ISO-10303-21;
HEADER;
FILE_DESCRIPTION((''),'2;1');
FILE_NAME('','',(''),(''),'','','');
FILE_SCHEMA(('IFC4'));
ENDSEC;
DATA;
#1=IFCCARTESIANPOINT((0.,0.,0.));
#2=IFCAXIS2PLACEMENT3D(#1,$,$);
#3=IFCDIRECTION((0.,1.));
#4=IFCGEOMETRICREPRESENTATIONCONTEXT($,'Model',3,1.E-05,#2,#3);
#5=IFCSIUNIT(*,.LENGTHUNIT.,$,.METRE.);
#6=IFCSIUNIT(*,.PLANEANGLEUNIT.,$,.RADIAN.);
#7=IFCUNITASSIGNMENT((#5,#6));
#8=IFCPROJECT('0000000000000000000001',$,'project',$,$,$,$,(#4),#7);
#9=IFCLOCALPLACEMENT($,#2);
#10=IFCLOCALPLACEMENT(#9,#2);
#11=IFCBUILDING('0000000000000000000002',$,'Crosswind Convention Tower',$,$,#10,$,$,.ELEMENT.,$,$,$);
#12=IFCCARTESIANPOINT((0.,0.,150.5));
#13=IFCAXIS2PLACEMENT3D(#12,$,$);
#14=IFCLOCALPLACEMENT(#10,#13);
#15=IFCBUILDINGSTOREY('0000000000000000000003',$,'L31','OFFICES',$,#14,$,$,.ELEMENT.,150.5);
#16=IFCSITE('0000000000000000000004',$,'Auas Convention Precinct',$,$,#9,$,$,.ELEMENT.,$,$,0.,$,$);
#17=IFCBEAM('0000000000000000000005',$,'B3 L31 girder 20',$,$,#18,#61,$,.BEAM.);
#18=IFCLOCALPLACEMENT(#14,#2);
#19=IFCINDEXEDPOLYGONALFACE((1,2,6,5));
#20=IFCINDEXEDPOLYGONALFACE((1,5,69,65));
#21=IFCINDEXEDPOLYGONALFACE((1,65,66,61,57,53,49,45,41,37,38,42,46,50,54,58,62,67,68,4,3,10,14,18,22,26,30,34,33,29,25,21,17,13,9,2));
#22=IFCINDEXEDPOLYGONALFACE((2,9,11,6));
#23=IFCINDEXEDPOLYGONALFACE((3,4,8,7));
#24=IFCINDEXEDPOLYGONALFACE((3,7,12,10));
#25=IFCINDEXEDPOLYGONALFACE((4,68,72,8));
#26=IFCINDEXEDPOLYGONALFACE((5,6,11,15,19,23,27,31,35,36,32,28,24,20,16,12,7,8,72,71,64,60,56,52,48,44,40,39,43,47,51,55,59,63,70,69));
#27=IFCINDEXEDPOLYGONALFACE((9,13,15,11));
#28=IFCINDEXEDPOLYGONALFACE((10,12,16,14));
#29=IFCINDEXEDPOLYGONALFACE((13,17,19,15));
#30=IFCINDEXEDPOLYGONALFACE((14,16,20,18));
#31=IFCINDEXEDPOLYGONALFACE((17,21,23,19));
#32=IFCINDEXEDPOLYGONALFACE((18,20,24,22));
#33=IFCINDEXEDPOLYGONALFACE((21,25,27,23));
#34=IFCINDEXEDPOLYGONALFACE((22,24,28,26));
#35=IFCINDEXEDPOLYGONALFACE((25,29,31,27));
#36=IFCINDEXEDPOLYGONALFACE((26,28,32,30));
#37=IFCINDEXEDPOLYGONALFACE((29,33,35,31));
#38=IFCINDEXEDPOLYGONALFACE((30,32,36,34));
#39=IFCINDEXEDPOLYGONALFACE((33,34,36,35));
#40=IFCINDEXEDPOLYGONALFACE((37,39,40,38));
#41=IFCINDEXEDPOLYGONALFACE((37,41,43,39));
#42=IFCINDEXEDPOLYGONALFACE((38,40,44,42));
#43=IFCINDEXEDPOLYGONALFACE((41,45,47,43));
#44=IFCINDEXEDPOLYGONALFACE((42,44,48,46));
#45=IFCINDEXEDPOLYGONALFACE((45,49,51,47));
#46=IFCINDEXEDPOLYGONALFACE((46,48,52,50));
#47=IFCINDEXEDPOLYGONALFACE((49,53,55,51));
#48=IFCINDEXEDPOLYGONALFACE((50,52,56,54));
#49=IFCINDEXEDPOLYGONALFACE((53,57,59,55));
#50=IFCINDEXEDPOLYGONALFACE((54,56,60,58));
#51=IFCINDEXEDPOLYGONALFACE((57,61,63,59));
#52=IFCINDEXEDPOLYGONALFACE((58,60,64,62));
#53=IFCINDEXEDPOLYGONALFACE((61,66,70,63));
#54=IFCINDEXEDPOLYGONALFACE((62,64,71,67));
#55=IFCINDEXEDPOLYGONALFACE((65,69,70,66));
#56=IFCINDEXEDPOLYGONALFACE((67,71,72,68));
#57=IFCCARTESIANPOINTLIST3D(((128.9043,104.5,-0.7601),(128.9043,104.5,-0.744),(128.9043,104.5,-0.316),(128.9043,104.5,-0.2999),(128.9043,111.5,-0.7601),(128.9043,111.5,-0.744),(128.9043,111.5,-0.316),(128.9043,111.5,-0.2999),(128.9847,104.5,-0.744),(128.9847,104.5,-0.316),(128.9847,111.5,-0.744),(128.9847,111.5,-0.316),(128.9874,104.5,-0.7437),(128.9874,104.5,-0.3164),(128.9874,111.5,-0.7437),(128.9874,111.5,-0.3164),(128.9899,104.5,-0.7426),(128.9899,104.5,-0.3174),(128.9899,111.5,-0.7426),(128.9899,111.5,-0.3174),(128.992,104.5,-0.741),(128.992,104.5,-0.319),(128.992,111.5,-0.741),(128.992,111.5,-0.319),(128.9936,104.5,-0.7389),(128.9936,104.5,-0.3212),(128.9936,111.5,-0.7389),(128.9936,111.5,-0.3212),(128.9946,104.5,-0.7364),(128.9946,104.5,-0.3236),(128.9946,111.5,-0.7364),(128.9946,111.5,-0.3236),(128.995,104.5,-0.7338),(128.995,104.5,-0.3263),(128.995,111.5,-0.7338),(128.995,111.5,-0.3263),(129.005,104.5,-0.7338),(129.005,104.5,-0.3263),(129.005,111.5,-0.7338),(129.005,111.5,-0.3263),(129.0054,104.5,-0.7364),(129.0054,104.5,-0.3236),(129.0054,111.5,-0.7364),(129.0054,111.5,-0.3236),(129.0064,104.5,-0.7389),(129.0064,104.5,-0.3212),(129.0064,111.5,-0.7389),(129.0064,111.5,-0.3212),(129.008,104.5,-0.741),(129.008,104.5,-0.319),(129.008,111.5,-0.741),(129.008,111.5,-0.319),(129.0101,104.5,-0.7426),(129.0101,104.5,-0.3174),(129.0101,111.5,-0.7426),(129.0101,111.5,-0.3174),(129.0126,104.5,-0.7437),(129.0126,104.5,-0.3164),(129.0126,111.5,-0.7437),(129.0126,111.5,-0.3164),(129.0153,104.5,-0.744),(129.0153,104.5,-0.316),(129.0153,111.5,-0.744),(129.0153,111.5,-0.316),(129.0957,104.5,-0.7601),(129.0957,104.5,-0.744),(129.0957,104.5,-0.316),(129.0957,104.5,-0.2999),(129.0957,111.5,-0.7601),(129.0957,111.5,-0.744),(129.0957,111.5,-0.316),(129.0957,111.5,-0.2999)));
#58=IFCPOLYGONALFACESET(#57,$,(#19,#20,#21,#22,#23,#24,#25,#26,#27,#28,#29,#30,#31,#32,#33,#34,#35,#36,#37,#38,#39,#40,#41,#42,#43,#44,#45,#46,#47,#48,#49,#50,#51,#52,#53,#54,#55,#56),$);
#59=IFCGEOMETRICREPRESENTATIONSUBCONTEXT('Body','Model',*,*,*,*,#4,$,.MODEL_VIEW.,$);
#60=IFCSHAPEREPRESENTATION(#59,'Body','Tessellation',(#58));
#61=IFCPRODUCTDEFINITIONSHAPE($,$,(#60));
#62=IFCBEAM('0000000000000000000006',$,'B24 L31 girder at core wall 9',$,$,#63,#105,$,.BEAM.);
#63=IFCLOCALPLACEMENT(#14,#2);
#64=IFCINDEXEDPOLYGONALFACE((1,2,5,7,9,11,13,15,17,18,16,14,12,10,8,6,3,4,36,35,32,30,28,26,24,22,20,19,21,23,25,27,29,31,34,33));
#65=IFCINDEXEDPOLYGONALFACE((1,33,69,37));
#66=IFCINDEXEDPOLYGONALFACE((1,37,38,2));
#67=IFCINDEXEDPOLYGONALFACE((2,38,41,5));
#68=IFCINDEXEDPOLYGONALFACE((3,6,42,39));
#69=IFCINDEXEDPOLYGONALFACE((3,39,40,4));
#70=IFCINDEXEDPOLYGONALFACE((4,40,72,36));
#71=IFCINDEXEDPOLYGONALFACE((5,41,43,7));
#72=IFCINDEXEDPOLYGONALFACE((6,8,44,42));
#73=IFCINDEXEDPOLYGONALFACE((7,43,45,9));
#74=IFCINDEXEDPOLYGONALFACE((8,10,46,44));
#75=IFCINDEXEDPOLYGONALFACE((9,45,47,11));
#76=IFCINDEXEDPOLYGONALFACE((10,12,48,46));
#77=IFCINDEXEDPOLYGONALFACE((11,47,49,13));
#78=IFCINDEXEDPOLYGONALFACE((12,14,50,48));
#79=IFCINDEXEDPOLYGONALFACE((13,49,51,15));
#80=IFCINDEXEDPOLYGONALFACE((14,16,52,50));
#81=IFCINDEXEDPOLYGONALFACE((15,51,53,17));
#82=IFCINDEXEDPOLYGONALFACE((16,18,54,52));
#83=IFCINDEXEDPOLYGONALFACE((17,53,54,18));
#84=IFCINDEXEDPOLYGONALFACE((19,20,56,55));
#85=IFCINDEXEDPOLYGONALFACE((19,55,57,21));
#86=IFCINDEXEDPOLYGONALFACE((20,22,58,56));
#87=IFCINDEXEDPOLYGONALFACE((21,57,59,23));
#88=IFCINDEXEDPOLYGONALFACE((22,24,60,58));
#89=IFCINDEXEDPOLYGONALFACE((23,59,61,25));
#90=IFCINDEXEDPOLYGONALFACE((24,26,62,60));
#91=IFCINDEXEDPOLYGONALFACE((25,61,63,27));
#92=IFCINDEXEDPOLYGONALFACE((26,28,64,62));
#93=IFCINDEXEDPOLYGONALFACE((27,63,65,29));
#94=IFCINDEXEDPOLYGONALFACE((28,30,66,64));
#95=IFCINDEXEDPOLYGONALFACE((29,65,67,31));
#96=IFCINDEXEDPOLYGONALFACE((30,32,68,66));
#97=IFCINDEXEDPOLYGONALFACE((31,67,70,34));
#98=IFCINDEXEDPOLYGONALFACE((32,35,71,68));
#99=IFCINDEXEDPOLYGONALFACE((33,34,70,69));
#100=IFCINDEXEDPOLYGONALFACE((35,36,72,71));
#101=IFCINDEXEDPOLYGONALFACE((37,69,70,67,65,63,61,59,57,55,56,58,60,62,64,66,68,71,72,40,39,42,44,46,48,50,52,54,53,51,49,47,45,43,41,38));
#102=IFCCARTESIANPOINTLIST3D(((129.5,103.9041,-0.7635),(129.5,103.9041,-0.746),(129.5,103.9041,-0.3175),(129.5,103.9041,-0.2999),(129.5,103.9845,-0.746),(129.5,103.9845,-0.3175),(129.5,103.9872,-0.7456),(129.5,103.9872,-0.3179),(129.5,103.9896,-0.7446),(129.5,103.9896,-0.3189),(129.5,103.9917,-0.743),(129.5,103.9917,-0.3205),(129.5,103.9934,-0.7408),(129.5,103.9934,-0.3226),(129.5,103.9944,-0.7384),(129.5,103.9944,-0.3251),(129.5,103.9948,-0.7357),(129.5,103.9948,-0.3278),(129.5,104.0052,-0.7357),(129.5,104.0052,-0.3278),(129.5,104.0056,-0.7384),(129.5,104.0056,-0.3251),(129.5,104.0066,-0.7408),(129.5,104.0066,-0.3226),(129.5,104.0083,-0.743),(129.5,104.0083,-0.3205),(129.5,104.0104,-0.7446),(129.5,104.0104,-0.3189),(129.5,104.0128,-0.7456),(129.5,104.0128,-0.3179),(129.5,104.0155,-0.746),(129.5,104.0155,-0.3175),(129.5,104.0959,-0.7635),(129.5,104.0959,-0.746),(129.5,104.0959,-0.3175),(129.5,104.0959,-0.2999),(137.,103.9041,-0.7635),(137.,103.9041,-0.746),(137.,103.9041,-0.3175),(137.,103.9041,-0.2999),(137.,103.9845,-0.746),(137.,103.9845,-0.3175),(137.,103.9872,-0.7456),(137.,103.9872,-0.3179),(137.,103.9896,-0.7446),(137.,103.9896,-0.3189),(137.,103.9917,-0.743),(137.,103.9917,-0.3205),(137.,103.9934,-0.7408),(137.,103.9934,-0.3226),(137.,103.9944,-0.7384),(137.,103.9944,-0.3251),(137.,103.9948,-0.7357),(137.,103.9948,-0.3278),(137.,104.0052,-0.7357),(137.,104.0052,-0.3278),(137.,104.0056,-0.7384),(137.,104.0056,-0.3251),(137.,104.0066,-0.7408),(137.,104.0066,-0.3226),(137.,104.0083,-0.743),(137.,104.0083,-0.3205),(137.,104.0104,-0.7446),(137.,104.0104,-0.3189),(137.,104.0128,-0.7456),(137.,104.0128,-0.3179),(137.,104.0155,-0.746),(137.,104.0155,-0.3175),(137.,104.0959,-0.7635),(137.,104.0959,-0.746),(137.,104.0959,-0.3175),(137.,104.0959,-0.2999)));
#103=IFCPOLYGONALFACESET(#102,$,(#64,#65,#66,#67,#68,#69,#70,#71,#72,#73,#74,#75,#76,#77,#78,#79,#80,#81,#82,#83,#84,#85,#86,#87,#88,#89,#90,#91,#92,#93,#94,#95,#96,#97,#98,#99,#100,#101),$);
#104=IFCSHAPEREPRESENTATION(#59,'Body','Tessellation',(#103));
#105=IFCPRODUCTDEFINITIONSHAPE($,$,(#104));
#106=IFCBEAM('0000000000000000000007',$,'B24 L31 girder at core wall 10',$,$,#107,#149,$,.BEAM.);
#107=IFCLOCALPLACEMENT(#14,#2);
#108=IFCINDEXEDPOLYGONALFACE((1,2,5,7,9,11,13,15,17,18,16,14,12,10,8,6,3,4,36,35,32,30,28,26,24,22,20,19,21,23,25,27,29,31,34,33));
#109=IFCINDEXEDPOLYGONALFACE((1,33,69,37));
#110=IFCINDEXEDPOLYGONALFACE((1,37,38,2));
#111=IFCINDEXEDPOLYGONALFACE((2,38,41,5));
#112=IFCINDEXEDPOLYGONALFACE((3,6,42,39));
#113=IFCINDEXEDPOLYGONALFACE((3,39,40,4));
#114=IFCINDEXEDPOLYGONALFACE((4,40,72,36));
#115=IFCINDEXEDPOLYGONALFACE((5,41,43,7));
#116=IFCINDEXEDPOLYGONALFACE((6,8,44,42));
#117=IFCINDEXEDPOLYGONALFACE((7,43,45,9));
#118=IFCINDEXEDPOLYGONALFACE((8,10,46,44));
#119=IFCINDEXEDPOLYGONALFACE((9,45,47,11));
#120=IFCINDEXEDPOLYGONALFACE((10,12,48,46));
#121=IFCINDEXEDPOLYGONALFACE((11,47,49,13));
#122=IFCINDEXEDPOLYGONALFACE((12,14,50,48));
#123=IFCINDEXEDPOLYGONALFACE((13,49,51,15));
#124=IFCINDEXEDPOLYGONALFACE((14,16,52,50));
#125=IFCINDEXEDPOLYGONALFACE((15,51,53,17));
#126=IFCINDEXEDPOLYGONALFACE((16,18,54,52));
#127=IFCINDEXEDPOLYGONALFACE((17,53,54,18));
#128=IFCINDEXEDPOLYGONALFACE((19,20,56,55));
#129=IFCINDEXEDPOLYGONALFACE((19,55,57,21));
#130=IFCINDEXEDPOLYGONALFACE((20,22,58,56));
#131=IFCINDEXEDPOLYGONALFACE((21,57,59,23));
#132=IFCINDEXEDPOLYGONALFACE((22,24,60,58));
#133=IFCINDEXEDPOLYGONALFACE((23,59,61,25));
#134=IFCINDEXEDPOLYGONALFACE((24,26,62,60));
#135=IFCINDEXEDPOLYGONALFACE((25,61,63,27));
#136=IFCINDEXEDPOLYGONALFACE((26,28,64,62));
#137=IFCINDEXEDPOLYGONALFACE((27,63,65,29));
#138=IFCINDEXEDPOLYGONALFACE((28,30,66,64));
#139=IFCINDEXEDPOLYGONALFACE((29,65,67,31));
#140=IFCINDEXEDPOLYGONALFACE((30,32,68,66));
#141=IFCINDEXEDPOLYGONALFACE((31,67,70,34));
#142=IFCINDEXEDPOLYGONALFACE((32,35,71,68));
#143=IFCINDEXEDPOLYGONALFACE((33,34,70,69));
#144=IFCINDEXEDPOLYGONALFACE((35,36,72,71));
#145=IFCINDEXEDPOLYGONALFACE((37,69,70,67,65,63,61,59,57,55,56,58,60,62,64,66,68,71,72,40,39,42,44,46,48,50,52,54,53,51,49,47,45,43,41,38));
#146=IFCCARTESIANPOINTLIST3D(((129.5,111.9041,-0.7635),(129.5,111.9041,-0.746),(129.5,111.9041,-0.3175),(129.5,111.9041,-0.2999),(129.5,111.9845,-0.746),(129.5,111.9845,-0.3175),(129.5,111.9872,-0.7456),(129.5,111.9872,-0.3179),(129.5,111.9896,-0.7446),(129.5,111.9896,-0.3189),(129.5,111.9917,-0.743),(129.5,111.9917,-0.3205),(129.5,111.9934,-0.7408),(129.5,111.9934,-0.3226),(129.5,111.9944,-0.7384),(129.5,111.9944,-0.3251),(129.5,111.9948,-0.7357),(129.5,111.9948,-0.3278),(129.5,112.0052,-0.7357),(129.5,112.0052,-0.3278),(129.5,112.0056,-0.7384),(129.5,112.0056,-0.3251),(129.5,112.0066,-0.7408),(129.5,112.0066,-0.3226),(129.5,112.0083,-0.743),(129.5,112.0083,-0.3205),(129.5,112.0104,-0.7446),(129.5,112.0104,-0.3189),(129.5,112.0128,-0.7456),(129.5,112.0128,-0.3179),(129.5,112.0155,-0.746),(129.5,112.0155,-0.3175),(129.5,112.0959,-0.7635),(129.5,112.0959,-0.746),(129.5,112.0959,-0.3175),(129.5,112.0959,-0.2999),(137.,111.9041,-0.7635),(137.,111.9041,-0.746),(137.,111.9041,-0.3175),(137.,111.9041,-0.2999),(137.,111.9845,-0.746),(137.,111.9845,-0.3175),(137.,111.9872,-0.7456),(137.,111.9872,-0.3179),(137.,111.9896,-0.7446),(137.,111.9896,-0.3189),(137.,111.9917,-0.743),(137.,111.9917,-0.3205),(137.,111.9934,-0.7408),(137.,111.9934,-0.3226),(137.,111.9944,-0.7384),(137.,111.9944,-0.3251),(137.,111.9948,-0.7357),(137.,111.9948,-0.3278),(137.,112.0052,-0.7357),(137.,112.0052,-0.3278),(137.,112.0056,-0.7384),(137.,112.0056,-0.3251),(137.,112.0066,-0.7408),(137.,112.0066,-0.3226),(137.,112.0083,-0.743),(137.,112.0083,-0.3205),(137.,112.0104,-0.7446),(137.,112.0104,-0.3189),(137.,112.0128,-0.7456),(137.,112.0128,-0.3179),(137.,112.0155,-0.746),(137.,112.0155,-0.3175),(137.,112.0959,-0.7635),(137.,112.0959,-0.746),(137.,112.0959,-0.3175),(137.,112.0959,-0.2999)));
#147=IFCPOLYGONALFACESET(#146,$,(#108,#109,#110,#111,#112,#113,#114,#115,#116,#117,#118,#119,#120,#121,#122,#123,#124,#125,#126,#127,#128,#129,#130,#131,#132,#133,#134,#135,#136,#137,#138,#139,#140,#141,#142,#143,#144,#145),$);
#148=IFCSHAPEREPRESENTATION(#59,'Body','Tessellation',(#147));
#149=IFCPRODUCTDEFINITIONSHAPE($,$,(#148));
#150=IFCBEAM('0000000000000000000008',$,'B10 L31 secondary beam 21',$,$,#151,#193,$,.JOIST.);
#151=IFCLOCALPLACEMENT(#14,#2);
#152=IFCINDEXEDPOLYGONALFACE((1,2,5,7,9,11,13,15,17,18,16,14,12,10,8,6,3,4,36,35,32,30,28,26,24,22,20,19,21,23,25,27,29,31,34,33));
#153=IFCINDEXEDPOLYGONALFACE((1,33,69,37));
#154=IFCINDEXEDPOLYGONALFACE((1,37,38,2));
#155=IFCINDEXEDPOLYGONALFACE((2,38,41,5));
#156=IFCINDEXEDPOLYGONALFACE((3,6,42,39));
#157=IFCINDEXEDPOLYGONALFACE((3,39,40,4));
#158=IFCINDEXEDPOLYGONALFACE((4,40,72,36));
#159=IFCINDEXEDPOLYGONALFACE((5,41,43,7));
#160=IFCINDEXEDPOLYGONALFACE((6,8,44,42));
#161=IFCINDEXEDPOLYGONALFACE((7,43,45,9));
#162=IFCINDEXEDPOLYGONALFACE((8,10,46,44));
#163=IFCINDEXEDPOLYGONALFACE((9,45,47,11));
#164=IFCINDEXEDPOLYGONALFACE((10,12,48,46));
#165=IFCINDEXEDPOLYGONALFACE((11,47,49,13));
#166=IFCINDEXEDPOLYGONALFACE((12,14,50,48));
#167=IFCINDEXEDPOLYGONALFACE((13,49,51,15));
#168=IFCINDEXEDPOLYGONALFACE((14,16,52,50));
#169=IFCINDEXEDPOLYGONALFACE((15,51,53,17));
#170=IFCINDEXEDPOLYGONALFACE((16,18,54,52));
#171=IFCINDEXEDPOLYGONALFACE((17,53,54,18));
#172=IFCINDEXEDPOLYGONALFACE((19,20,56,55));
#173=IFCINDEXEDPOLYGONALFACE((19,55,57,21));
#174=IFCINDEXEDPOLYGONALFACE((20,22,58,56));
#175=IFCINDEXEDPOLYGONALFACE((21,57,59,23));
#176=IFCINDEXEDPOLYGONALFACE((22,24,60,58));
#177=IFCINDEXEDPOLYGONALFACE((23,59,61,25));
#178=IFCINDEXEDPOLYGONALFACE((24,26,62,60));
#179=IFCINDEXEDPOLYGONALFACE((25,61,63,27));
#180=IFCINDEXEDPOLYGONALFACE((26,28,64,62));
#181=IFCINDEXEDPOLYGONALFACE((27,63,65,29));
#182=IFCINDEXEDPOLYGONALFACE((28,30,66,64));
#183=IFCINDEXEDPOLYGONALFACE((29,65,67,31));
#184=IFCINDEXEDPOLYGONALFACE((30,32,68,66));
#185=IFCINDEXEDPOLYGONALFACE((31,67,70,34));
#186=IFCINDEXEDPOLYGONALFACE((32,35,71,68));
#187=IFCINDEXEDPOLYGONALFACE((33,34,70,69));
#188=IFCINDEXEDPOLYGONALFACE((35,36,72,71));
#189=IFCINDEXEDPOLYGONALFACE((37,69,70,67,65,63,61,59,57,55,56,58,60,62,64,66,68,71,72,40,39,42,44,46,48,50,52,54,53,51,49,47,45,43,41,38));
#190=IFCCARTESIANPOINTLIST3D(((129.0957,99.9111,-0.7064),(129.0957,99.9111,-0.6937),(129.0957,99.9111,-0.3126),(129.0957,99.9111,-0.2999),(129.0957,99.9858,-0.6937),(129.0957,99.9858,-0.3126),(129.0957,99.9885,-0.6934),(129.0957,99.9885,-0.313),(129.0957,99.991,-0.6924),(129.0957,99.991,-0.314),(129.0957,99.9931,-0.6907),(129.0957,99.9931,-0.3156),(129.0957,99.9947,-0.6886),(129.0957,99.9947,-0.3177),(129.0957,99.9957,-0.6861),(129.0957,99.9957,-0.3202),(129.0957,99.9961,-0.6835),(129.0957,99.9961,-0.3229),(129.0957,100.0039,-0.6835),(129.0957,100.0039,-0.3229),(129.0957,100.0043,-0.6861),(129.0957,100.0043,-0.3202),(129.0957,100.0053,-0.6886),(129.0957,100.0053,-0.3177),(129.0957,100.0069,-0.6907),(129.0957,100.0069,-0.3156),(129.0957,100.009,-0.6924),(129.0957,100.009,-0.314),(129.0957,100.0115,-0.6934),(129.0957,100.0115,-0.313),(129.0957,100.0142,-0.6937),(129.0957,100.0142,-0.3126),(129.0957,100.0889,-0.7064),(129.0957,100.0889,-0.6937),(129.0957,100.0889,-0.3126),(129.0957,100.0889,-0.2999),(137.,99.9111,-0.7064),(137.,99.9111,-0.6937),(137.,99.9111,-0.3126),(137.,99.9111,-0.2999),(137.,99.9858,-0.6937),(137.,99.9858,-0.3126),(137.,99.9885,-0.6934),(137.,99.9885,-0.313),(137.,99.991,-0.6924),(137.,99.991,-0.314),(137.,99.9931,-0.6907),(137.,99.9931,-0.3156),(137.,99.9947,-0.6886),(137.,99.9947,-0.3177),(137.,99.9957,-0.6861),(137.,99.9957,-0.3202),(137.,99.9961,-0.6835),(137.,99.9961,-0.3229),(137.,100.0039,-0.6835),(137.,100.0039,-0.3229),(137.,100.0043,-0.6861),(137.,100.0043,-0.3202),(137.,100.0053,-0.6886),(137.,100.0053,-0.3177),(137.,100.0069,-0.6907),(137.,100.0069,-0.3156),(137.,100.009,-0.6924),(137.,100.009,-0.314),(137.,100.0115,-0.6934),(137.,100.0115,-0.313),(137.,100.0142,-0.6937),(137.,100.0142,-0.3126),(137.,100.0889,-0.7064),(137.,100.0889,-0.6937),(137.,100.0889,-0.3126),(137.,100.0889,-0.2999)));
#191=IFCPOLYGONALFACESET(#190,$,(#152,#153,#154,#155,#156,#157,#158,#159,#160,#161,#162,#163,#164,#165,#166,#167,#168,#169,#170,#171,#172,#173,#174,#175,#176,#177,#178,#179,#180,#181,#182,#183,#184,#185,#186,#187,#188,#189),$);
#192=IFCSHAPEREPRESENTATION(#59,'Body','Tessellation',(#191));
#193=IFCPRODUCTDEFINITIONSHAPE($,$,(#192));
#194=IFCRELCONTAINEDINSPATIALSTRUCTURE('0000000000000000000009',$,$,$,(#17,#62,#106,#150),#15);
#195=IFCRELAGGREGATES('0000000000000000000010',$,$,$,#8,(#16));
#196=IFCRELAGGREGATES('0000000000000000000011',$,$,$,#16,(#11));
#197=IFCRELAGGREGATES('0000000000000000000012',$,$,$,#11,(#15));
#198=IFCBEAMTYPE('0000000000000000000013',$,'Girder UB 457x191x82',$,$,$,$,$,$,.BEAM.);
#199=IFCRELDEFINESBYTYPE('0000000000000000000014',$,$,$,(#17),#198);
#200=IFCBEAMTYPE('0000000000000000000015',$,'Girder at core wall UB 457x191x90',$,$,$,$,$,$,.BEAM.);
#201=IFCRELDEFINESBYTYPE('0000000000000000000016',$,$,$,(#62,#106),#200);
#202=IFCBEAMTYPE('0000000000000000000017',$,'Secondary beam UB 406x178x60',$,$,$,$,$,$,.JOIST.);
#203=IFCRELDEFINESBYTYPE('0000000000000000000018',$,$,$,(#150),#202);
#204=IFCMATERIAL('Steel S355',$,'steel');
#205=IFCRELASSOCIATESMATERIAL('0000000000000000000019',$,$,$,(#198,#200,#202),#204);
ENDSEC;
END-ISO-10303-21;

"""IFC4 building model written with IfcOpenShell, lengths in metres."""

from ifc_helpers import new_model, si_unit, direction, frame, origin, origin_2d, place, context, subcontext, project, spatial, i_section, extrude, material, material_profile, profile_set, type_object, element, save


model = new_model("IFC4")

# Units and contexts
model_context = context("Model", 3, precision=1e-05, world=origin(), true_north=direction((0.0, 1.0)))
body_context = subcontext(model_context, "Body", "Model", "MODEL_VIEW")
ifc_project = project(units=[si_unit("LENGTHUNIT", "METRE"), si_unit("PLANEANGLEUNIT", "RADIAN")], contexts=[model_context])

# Site, building, storey
site_placement = place(None, origin())
site = spatial("IfcSite", under=ifc_project, at=site_placement, Name="Auas Convention Precinct", CompositionType="ELEMENT", RefElevation=0.0)
building_placement = place(site_placement, origin())
building = spatial("IfcBuilding", under=site, at=building_placement, Name="Crosswind Convention Tower", CompositionType="ELEMENT")
storey_placement = place(building_placement, frame((0.0, 0.0, 150.5)))
storey = spatial("IfcBuildingStorey", under=building, at=storey_placement, Name="L31", Description="OFFICES", CompositionType="ELEMENT", Elevation=150.5)

# Beams
ifc_material_1 = material(Name="Steel S355", Category="steel")
ifc_material_profile_1 = material_profile(ifc_material_1, i_section(OverallWidth=0.1914, OverallDepth=0.4602, WebThickness=0.01, FlangeThickness=0.0161, FilletRadius=0.0103, at=origin_2d()), Name="UB 457x191x82")
ifc_profile_set_1 = profile_set([ifc_material_profile_1], Name="Steel S355")
beam_type_1 = type_object("IfcBeamType", Name="Girder UB 457x191x82", PredefinedType="BEAM", material=ifc_profile_set_1)
for number, where, z_axis, x_axis, name in (
    (1, (129.0, 104.5, -0.53), (0.0, 1.0, 0.0), (-1.0, 0.0, 0.0), "B3 L31 girder 20"),
):
    element("IfcBeam", number, at=place(storey_placement, frame(where, z_axis=z_axis, x_axis=x_axis)), inside=storey, type_object=beam_type_1, Name=name, PredefinedType="BEAM", context=body_context, shape_type="SweptSolid", body=[
        extrude(i_section(OverallWidth=0.1914, OverallDepth=0.4602, WebThickness=0.01, FlangeThickness=0.0161, FilletRadius=0.0103, at=origin_2d()), origin(), (0.0, 0.0, 1.0), 7.0),
    ])
ifc_material_profile_2 = material_profile(ifc_material_1, i_section(OverallWidth=0.1919, OverallDepth=0.4636, WebThickness=0.0105, FlangeThickness=0.0176, FilletRadius=0.0103, at=origin_2d()), Name="UB 457x191x90")
ifc_profile_set_2 = profile_set([ifc_material_profile_2], Name="Steel S355")
beam_type_2 = type_object("IfcBeamType", Name="Girder at core wall UB 457x191x90", PredefinedType="BEAM", material=ifc_profile_set_2)
for number, where, z_axis, x_axis, name in (
    (2, (129.5, 104.0, -0.5317), (1.0, 0.0, 0.0), (0.0, 1.0, 0.0), "B24 L31 girder at core wall 9"),
    (3, (129.5, 112.0, -0.5317), (1.0, 0.0, 0.0), (0.0, 1.0, 0.0), "B24 L31 girder at core wall 10"),
):
    element("IfcBeam", number, at=place(storey_placement, frame(where, z_axis=z_axis, x_axis=x_axis)), inside=storey, type_object=beam_type_2, Name=name, PredefinedType="BEAM", context=body_context, shape_type="SweptSolid", body=[
        extrude(i_section(OverallWidth=0.1919, OverallDepth=0.4636, WebThickness=0.0105, FlangeThickness=0.0176, FilletRadius=0.0103, at=origin_2d()), origin(), (0.0, 0.0, 1.0), 7.5),
    ])
ifc_material_profile_3 = material_profile(ifc_material_1, i_section(OverallWidth=0.1777, OverallDepth=0.4065, WebThickness=0.0078, FlangeThickness=0.0127, FilletRadius=0.0103, at=origin_2d()), Name="UB 406x178x60")
ifc_profile_set_3 = profile_set([ifc_material_profile_3], Name="Steel S355")
beam_type_3 = type_object("IfcBeamType", Name="Secondary beam UB 406x178x60", PredefinedType="JOIST", material=ifc_profile_set_3)
for number, where, z_axis, x_axis, name in (
    (4, (129.0957, 100.0, -0.5032), (1.0, 0.0, 0.0), (0.0, 1.0, 0.0), "B10 L31 secondary beam 21"),
):
    element("IfcBeam", number, at=place(storey_placement, frame(where, z_axis=z_axis, x_axis=x_axis)), inside=storey, type_object=beam_type_3, Name=name, PredefinedType="JOIST", context=body_context, shape_type="SweptSolid", body=[
        extrude(i_section(OverallWidth=0.1777, OverallDepth=0.4065, WebThickness=0.0078, FlangeThickness=0.0127, FilletRadius=0.0103, at=origin_2d()), origin(), (0.0, 0.0, 1.0), 7.9043),
    ])

save(model, "model.ifc")
